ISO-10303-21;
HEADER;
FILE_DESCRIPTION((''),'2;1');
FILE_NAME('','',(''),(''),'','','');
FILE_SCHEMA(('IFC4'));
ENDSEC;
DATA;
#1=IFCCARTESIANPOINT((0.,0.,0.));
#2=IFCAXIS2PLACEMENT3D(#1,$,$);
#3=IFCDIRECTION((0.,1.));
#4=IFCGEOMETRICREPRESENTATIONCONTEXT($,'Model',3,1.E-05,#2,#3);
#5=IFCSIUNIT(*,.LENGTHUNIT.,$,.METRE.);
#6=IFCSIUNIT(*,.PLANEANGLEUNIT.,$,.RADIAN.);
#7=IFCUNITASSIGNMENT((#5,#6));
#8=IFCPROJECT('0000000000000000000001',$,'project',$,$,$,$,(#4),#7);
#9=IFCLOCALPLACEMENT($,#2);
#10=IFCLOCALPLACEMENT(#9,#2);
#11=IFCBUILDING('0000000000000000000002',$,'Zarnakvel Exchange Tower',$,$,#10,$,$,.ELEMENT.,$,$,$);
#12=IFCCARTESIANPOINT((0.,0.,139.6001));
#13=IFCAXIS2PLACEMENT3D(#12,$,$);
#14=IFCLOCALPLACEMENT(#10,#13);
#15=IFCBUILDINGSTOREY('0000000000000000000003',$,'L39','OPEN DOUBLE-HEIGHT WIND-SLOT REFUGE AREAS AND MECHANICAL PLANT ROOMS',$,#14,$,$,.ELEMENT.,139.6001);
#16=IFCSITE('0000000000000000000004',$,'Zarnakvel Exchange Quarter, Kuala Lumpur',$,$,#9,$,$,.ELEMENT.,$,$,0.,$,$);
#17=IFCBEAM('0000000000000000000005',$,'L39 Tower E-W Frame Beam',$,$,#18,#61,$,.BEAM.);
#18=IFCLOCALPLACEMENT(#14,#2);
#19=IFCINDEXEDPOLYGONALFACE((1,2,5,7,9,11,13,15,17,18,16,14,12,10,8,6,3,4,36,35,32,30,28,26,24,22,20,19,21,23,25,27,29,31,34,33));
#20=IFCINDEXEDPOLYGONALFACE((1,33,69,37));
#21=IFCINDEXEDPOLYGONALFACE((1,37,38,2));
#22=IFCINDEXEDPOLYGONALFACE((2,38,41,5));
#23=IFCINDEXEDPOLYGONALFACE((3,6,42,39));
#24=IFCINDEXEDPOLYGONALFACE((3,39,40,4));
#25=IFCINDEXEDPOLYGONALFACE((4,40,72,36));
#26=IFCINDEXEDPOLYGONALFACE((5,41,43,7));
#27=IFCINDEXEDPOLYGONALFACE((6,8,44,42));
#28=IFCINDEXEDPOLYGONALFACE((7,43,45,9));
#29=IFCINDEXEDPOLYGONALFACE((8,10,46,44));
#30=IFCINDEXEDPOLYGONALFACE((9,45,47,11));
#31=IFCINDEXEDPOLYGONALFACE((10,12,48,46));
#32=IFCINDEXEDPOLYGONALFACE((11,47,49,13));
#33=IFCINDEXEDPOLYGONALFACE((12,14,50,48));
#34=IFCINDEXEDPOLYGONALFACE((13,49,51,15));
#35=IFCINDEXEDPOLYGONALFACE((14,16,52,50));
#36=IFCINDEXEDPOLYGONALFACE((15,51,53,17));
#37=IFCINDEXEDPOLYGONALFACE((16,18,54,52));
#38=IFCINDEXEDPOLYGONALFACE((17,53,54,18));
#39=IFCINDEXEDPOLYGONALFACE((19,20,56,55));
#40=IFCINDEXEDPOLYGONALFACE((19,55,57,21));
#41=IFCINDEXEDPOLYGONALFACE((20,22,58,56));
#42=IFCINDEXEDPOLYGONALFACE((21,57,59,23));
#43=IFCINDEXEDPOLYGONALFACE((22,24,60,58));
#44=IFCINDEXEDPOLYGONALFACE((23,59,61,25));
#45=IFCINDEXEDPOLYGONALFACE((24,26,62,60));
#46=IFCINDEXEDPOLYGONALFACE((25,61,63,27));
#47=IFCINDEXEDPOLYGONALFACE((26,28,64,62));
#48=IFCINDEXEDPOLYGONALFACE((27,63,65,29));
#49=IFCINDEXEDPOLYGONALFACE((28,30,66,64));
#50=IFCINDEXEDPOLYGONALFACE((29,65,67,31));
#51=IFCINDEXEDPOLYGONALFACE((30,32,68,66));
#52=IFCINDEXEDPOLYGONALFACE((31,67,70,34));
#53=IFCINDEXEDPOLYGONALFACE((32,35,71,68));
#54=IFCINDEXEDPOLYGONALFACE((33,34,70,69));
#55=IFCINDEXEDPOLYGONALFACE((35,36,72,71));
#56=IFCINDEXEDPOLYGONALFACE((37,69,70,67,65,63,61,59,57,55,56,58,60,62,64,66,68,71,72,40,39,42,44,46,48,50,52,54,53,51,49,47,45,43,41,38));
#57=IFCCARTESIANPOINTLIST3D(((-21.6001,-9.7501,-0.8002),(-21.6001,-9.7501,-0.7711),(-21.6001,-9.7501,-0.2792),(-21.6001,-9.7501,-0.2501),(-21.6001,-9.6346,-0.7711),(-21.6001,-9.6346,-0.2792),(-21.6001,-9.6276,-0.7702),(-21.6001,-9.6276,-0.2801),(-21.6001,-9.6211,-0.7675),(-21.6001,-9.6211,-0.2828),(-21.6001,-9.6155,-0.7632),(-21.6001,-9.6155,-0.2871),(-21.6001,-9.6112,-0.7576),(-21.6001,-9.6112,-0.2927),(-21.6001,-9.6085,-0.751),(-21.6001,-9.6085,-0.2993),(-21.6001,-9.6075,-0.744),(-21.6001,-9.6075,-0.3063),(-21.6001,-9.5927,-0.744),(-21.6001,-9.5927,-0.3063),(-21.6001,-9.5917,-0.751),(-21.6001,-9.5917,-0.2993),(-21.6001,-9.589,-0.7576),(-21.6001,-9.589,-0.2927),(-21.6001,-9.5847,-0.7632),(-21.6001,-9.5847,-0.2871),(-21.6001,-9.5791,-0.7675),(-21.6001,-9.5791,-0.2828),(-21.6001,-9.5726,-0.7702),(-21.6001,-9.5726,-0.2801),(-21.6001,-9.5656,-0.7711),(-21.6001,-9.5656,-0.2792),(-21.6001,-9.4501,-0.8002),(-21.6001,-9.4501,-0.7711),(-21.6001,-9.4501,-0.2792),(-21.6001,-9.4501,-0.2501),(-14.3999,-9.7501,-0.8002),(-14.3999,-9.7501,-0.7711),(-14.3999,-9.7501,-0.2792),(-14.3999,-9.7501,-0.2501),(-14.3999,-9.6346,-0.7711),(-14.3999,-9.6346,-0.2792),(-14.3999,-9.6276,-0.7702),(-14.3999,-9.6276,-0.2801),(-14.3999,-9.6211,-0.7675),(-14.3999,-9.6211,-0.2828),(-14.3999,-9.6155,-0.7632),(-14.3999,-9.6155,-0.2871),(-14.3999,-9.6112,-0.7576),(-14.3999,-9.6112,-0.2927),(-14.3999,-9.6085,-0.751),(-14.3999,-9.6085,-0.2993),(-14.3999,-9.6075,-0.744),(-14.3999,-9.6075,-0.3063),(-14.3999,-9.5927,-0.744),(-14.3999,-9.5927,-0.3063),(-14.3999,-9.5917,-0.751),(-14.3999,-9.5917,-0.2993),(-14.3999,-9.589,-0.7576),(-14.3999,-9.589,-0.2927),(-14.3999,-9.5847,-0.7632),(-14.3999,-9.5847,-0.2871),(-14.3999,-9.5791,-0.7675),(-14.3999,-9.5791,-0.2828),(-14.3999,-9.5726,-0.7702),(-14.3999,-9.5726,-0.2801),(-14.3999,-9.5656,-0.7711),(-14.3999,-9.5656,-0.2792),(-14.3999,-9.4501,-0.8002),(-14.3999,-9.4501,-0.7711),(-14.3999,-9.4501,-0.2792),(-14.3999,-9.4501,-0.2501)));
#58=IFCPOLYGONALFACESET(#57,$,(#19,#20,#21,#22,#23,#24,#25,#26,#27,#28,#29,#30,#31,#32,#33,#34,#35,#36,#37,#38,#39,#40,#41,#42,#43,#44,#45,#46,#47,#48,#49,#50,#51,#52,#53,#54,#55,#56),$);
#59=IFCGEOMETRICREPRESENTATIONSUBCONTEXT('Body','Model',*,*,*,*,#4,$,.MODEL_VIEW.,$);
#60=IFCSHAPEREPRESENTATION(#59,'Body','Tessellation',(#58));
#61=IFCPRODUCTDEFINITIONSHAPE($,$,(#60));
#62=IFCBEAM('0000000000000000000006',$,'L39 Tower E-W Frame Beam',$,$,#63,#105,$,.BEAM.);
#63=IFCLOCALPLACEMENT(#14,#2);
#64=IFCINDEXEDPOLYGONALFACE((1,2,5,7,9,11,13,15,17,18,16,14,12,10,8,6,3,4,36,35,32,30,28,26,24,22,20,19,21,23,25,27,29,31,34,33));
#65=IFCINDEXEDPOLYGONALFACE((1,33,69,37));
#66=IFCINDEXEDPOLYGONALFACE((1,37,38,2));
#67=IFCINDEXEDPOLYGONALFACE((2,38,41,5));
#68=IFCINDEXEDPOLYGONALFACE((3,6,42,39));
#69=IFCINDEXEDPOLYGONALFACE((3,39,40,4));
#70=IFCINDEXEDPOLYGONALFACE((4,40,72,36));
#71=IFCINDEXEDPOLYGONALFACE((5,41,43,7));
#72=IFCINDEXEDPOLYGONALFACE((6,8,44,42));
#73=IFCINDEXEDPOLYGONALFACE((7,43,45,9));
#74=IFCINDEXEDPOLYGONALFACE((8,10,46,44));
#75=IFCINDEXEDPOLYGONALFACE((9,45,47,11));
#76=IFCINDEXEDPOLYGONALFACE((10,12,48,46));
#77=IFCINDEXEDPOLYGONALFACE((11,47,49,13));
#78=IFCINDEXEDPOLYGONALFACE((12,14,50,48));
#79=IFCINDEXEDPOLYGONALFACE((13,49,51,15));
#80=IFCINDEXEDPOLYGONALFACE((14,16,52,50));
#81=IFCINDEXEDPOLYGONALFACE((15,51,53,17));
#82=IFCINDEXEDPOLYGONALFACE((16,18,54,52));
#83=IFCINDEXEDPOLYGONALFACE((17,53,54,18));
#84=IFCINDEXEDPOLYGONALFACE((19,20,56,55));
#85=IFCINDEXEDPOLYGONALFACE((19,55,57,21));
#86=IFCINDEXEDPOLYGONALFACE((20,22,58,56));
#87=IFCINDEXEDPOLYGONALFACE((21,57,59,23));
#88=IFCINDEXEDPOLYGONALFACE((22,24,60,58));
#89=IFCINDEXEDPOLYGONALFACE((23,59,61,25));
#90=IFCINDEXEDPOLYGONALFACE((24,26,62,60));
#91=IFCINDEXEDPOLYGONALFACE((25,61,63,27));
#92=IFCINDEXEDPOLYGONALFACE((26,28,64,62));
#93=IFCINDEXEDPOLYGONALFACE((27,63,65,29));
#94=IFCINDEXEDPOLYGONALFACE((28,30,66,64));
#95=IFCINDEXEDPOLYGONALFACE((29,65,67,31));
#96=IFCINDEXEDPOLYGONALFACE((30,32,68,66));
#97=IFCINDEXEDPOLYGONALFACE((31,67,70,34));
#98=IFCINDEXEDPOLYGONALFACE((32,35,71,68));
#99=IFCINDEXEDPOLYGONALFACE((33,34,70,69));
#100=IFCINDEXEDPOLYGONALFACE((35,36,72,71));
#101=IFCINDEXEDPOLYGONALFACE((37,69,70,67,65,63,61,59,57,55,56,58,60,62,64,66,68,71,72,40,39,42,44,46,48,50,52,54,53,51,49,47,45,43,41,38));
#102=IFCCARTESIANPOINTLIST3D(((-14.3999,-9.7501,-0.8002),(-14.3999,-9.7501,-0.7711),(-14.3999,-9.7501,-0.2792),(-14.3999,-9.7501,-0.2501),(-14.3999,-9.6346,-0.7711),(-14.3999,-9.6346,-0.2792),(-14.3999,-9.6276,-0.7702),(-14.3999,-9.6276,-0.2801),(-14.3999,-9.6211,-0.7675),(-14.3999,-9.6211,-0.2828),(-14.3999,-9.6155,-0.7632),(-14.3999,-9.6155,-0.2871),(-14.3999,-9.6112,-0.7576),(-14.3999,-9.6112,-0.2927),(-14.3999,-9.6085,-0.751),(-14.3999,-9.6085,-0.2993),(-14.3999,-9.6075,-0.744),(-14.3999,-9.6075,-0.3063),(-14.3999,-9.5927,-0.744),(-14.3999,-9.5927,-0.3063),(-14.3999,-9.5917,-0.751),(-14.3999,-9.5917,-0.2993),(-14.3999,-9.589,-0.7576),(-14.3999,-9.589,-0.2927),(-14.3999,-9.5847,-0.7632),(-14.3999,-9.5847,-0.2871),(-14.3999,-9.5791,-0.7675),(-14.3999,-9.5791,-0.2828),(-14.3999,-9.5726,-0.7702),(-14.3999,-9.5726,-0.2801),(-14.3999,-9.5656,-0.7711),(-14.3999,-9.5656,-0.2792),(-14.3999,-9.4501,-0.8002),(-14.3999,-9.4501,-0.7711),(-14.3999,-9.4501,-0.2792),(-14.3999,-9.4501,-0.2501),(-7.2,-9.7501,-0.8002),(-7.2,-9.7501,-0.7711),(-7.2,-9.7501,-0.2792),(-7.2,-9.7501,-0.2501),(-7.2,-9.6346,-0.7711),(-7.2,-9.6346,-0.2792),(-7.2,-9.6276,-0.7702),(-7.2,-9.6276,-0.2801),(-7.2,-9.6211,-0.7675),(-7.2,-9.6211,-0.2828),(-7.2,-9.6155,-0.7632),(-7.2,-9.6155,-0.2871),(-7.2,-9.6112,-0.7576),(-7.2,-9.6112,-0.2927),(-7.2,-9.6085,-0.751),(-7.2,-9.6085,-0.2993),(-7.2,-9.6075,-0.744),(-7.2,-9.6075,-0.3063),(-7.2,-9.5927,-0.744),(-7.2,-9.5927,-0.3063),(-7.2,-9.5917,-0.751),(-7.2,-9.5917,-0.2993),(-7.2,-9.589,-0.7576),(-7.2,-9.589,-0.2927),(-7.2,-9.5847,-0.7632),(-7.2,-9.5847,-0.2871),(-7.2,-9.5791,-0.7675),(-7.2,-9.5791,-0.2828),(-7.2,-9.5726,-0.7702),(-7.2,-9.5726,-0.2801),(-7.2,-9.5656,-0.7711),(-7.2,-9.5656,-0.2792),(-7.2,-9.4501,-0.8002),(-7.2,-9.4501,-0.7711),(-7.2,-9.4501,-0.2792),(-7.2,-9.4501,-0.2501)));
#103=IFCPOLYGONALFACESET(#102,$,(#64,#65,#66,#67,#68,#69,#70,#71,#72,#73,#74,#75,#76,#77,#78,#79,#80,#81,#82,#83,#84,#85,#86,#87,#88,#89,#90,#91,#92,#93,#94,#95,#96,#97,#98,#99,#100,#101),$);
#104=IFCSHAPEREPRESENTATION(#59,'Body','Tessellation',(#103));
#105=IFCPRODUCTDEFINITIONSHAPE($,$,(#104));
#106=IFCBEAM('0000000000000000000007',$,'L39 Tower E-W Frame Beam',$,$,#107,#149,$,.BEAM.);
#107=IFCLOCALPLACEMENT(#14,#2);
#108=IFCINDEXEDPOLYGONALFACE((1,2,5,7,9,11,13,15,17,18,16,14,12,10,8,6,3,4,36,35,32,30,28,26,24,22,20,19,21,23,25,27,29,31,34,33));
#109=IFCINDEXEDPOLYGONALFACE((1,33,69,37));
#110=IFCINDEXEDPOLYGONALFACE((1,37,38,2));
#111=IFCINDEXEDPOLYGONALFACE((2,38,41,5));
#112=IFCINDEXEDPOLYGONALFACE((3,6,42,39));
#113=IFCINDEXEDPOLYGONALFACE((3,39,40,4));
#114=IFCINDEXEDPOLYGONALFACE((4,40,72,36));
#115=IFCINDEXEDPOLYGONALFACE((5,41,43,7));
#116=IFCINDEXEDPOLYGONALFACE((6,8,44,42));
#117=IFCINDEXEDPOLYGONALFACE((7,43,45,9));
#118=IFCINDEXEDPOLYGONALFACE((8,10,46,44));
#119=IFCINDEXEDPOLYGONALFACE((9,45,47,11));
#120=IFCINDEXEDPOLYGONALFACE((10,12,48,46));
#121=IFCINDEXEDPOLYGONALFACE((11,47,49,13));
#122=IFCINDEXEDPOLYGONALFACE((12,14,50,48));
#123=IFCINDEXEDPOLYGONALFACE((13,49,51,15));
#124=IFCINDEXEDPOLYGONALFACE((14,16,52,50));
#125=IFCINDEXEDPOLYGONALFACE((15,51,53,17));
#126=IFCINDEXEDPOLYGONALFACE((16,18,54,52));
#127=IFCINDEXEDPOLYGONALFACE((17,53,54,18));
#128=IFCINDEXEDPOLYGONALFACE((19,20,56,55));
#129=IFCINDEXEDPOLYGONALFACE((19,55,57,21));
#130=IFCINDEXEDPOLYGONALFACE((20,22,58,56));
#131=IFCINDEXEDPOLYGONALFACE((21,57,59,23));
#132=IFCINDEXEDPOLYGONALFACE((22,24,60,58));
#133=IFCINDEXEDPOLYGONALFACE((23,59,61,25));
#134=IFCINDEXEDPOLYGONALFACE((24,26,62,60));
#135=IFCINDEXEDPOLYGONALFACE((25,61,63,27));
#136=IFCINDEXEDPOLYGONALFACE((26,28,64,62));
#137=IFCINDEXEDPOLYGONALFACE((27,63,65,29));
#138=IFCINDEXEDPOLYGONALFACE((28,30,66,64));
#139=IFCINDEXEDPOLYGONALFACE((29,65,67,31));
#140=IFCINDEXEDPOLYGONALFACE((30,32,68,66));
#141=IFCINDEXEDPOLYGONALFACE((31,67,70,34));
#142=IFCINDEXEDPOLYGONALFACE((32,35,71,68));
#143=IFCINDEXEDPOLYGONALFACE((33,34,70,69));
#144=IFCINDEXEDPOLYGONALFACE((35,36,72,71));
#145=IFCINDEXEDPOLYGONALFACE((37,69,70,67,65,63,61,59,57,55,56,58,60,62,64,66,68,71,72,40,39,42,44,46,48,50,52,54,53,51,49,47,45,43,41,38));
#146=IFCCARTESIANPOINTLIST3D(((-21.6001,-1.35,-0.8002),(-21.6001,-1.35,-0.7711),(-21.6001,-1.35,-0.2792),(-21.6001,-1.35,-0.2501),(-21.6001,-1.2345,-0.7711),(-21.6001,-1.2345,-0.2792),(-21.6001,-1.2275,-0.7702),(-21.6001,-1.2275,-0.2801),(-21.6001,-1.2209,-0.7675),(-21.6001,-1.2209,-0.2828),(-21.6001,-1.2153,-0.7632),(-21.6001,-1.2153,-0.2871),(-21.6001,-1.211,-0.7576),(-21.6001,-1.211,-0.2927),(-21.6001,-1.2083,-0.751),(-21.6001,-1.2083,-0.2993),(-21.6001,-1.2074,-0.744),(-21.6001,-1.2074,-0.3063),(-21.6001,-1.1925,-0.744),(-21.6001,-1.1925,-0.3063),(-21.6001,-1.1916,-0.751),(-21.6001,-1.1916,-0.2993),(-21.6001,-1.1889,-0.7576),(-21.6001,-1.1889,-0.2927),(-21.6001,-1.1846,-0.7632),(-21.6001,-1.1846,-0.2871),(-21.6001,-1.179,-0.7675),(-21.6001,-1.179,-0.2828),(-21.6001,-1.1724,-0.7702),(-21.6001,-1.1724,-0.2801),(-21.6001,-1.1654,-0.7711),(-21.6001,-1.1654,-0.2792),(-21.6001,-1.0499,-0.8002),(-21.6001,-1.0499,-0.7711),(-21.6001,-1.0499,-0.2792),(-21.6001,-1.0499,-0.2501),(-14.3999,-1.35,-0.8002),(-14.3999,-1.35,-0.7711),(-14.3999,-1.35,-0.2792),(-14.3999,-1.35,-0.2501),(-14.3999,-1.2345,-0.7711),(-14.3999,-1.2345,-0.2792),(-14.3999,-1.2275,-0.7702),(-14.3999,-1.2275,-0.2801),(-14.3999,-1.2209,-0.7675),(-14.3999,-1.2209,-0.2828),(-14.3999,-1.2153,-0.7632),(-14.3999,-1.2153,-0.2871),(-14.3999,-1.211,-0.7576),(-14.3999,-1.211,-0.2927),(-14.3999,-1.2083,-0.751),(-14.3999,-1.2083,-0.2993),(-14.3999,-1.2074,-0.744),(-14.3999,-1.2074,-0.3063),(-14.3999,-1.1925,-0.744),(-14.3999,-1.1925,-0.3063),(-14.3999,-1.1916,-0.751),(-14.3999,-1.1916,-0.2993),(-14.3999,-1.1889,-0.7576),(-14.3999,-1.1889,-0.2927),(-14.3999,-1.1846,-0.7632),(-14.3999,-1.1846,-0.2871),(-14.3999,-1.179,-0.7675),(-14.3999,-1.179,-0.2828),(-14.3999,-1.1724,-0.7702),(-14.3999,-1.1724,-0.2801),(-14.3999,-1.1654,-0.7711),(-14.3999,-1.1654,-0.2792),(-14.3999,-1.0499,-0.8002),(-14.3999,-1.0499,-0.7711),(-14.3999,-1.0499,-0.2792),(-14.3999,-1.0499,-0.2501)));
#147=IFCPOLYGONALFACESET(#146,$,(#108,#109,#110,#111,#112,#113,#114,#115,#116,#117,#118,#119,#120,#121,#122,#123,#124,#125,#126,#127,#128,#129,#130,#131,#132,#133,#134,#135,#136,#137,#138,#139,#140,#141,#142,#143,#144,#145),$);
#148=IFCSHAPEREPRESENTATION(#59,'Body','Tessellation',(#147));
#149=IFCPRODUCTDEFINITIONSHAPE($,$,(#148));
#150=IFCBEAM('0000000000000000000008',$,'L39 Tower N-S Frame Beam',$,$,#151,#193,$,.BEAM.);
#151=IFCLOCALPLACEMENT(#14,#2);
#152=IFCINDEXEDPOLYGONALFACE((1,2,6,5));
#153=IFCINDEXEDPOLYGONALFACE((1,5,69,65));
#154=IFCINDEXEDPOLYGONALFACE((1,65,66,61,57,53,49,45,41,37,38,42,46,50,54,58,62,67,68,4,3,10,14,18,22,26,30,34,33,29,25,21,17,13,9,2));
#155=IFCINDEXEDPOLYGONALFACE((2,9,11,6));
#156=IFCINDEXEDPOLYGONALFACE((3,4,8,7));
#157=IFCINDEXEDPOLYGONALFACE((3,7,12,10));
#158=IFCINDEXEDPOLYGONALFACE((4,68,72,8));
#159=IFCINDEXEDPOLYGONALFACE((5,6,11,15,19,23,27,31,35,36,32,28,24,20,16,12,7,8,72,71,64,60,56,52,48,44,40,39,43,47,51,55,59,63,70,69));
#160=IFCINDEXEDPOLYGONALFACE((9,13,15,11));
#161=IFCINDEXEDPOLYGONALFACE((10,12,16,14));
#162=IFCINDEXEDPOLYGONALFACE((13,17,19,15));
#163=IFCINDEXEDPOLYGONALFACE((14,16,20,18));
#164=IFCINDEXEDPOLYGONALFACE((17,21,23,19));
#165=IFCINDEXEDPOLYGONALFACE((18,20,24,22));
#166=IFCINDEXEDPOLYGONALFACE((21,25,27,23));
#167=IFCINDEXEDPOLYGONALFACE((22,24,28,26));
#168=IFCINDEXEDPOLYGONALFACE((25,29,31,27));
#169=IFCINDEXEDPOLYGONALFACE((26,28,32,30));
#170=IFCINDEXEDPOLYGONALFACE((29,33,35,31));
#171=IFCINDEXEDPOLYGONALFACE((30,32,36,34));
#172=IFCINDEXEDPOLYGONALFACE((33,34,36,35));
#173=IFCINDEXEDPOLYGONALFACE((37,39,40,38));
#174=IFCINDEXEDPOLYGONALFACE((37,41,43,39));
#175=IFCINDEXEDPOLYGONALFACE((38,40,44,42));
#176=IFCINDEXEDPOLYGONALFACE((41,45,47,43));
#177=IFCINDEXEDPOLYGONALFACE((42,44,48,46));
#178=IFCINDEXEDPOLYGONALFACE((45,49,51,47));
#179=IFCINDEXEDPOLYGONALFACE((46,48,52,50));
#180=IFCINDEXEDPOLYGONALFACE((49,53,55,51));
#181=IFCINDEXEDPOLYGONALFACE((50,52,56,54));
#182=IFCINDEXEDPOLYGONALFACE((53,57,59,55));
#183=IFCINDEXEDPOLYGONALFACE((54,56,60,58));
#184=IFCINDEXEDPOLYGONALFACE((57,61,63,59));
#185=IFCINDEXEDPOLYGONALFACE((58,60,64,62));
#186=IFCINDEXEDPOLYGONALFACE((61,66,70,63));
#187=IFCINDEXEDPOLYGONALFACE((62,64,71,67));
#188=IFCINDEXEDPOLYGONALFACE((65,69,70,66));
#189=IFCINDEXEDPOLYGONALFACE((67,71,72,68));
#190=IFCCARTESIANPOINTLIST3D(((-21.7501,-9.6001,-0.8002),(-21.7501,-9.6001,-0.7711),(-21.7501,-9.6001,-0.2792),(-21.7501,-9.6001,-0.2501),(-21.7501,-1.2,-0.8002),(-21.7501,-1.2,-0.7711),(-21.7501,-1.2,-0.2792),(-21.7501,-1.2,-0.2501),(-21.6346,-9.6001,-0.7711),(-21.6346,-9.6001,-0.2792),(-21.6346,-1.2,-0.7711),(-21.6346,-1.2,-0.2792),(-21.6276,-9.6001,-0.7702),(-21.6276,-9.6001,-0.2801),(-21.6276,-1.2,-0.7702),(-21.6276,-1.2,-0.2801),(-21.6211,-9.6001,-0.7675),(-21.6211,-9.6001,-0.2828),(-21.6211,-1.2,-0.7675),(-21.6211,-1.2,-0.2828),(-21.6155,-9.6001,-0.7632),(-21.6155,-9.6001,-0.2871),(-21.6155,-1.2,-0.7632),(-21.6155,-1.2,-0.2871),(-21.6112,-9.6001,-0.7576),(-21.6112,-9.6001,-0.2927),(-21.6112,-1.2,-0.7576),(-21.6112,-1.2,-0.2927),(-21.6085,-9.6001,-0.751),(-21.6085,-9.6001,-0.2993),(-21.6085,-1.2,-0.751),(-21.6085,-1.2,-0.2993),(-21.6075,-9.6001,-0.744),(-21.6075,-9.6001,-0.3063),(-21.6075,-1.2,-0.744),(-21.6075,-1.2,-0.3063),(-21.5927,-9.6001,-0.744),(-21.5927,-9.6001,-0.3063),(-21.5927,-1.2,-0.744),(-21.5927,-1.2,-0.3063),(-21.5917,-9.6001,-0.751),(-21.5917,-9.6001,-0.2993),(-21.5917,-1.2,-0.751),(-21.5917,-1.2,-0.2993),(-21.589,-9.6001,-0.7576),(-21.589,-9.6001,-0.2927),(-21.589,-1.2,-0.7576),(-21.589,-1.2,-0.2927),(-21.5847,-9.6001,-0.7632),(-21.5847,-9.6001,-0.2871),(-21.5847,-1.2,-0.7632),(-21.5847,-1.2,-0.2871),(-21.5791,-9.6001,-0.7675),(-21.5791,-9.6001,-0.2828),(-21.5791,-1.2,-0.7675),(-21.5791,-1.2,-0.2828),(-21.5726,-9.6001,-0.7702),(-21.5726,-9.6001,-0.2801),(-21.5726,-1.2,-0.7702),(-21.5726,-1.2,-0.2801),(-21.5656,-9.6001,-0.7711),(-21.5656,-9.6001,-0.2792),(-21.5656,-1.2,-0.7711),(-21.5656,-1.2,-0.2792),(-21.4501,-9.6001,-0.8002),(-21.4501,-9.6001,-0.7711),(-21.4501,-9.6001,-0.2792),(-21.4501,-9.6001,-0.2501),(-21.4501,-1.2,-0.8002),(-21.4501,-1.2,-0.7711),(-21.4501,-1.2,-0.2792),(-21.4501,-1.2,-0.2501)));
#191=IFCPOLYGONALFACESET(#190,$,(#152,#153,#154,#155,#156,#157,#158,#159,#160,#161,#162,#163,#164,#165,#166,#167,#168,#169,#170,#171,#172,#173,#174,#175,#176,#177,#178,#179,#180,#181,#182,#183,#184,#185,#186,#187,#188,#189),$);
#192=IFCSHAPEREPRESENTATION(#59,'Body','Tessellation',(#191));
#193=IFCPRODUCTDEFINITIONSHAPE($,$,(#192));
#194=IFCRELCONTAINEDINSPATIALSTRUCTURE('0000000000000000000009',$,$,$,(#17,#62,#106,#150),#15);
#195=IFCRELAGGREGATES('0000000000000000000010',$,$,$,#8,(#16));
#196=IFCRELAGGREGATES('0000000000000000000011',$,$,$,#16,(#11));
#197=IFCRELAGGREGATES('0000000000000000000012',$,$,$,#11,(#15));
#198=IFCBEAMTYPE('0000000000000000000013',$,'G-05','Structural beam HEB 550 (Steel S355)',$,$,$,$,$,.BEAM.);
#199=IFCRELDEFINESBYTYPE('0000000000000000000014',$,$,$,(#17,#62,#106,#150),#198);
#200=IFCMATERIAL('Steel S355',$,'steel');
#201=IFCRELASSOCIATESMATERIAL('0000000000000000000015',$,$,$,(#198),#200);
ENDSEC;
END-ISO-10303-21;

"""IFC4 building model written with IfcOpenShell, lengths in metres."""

from ifc_helpers import new_model, si_unit, direction, frame, origin, origin_2d, place, context, subcontext, project, spatial, i_section, extrude, material, material_profile, profile_set, type_object, element, save


model = new_model("IFC4")

# Units and contexts
model_context = context("Model", 3, precision=1e-05, world=origin(), true_north=direction((0.0, 1.0)))
body_context = subcontext(model_context, "Body", "Model", "MODEL_VIEW")
ifc_project = project(units=[si_unit("LENGTHUNIT", "METRE"), si_unit("PLANEANGLEUNIT", "RADIAN")], contexts=[model_context])

# Site, building, storey
site_placement = place(None, origin())
site = spatial("IfcSite", under=ifc_project, at=site_placement, Name="Zarnakvel Exchange Quarter, Kuala Lumpur", CompositionType="ELEMENT", RefElevation=0.0)
building_placement = place(site_placement, origin())
building = spatial("IfcBuilding", under=site, at=building_placement, Name="Zarnakvel Exchange Tower", CompositionType="ELEMENT")
storey_placement = place(building_placement, frame((0.0, 0.0, 139.6001)))
storey = spatial("IfcBuildingStorey", under=building, at=storey_placement, Name="L39", Description="OPEN DOUBLE-HEIGHT WIND-SLOT REFUGE AREAS AND MECHANICAL PLANT ROOMS", CompositionType="ELEMENT", Elevation=139.6001)

# Shared definitions
ifc_material_1 = material(Name="Steel S355", Category="steel")

# Beams
ifc_material_profile_1 = material_profile(ifc_material_1, i_section(OverallWidth=0.3, OverallDepth=0.55, WebThickness=0.0149, FlangeThickness=0.0291, FilletRadius=0.0271, at=origin_2d()))
ifc_profile_set_1 = profile_set([ifc_material_profile_1], Name="Steel S355")
beam_type_1 = type_object("IfcBeamType", Name="G-05", Description="Structural beam HEB 550 (Steel S355)", PredefinedType="BEAM", material=ifc_profile_set_1)
beam_1_placement = place(storey_placement, frame((-21.6001, -9.6001, -0.5251), z_axis=(1.0, 0.0, 0.0), x_axis=(0.0, 1.0, 0.0)))
element("IfcBeam", 1, at=beam_1_placement, inside=storey, type_object=beam_type_1, Name="L39 Tower E-W Frame Beam", PredefinedType="BEAM", context=body_context, shape_type="SweptSolid", body=[
    extrude(i_section(OverallWidth=0.3, OverallDepth=0.55, WebThickness=0.0149, FlangeThickness=0.0291, FilletRadius=0.0271, at=origin_2d()), origin(), (0.0, 0.0, 1.0), 7.2002),
])
beam_2_placement = place(storey_placement, frame((-14.3999, -9.6001, -0.5251), z_axis=(1.0, 0.0, 0.0), x_axis=(0.0, 1.0, 0.0)))
element("IfcBeam", 2, at=beam_2_placement, inside=storey, type_object=beam_type_1, Name="L39 Tower E-W Frame Beam", PredefinedType="BEAM", context=body_context, shape_type="SweptSolid", body=[
    extrude(i_section(OverallWidth=0.3, OverallDepth=0.55, WebThickness=0.0149, FlangeThickness=0.0291, FilletRadius=0.0271, at=origin_2d()), origin(), (0.0, 0.0, 1.0), 7.2),
])
beam_3_placement = place(storey_placement, frame((-21.6001, -1.2, -0.5251), z_axis=(1.0, 0.0, 0.0), x_axis=(0.0, 1.0, 0.0)))
element("IfcBeam", 3, at=beam_3_placement, inside=storey, type_object=beam_type_1, Name="L39 Tower E-W Frame Beam", PredefinedType="BEAM", context=body_context, shape_type="SweptSolid", body=[
    extrude(i_section(OverallWidth=0.3, OverallDepth=0.55, WebThickness=0.0149, FlangeThickness=0.0291, FilletRadius=0.0271, at=origin_2d()), origin(), (0.0, 0.0, 1.0), 7.2002),
])
beam_4_placement = place(storey_placement, frame((-21.6001, -9.6001, -0.5251), z_axis=(0.0, 1.0, 0.0), x_axis=(-1.0, 0.0, 0.0)))
element("IfcBeam", 4, at=beam_4_placement, inside=storey, type_object=beam_type_1, Name="L39 Tower N-S Frame Beam", PredefinedType="BEAM", context=body_context, shape_type="SweptSolid", body=[
    extrude(i_section(OverallWidth=0.3, OverallDepth=0.55, WebThickness=0.0149, FlangeThickness=0.0291, FilletRadius=0.0271, at=origin_2d()), origin(), (0.0, 0.0, 1.0), 8.4001),
])

save(model, "model.ifc")
